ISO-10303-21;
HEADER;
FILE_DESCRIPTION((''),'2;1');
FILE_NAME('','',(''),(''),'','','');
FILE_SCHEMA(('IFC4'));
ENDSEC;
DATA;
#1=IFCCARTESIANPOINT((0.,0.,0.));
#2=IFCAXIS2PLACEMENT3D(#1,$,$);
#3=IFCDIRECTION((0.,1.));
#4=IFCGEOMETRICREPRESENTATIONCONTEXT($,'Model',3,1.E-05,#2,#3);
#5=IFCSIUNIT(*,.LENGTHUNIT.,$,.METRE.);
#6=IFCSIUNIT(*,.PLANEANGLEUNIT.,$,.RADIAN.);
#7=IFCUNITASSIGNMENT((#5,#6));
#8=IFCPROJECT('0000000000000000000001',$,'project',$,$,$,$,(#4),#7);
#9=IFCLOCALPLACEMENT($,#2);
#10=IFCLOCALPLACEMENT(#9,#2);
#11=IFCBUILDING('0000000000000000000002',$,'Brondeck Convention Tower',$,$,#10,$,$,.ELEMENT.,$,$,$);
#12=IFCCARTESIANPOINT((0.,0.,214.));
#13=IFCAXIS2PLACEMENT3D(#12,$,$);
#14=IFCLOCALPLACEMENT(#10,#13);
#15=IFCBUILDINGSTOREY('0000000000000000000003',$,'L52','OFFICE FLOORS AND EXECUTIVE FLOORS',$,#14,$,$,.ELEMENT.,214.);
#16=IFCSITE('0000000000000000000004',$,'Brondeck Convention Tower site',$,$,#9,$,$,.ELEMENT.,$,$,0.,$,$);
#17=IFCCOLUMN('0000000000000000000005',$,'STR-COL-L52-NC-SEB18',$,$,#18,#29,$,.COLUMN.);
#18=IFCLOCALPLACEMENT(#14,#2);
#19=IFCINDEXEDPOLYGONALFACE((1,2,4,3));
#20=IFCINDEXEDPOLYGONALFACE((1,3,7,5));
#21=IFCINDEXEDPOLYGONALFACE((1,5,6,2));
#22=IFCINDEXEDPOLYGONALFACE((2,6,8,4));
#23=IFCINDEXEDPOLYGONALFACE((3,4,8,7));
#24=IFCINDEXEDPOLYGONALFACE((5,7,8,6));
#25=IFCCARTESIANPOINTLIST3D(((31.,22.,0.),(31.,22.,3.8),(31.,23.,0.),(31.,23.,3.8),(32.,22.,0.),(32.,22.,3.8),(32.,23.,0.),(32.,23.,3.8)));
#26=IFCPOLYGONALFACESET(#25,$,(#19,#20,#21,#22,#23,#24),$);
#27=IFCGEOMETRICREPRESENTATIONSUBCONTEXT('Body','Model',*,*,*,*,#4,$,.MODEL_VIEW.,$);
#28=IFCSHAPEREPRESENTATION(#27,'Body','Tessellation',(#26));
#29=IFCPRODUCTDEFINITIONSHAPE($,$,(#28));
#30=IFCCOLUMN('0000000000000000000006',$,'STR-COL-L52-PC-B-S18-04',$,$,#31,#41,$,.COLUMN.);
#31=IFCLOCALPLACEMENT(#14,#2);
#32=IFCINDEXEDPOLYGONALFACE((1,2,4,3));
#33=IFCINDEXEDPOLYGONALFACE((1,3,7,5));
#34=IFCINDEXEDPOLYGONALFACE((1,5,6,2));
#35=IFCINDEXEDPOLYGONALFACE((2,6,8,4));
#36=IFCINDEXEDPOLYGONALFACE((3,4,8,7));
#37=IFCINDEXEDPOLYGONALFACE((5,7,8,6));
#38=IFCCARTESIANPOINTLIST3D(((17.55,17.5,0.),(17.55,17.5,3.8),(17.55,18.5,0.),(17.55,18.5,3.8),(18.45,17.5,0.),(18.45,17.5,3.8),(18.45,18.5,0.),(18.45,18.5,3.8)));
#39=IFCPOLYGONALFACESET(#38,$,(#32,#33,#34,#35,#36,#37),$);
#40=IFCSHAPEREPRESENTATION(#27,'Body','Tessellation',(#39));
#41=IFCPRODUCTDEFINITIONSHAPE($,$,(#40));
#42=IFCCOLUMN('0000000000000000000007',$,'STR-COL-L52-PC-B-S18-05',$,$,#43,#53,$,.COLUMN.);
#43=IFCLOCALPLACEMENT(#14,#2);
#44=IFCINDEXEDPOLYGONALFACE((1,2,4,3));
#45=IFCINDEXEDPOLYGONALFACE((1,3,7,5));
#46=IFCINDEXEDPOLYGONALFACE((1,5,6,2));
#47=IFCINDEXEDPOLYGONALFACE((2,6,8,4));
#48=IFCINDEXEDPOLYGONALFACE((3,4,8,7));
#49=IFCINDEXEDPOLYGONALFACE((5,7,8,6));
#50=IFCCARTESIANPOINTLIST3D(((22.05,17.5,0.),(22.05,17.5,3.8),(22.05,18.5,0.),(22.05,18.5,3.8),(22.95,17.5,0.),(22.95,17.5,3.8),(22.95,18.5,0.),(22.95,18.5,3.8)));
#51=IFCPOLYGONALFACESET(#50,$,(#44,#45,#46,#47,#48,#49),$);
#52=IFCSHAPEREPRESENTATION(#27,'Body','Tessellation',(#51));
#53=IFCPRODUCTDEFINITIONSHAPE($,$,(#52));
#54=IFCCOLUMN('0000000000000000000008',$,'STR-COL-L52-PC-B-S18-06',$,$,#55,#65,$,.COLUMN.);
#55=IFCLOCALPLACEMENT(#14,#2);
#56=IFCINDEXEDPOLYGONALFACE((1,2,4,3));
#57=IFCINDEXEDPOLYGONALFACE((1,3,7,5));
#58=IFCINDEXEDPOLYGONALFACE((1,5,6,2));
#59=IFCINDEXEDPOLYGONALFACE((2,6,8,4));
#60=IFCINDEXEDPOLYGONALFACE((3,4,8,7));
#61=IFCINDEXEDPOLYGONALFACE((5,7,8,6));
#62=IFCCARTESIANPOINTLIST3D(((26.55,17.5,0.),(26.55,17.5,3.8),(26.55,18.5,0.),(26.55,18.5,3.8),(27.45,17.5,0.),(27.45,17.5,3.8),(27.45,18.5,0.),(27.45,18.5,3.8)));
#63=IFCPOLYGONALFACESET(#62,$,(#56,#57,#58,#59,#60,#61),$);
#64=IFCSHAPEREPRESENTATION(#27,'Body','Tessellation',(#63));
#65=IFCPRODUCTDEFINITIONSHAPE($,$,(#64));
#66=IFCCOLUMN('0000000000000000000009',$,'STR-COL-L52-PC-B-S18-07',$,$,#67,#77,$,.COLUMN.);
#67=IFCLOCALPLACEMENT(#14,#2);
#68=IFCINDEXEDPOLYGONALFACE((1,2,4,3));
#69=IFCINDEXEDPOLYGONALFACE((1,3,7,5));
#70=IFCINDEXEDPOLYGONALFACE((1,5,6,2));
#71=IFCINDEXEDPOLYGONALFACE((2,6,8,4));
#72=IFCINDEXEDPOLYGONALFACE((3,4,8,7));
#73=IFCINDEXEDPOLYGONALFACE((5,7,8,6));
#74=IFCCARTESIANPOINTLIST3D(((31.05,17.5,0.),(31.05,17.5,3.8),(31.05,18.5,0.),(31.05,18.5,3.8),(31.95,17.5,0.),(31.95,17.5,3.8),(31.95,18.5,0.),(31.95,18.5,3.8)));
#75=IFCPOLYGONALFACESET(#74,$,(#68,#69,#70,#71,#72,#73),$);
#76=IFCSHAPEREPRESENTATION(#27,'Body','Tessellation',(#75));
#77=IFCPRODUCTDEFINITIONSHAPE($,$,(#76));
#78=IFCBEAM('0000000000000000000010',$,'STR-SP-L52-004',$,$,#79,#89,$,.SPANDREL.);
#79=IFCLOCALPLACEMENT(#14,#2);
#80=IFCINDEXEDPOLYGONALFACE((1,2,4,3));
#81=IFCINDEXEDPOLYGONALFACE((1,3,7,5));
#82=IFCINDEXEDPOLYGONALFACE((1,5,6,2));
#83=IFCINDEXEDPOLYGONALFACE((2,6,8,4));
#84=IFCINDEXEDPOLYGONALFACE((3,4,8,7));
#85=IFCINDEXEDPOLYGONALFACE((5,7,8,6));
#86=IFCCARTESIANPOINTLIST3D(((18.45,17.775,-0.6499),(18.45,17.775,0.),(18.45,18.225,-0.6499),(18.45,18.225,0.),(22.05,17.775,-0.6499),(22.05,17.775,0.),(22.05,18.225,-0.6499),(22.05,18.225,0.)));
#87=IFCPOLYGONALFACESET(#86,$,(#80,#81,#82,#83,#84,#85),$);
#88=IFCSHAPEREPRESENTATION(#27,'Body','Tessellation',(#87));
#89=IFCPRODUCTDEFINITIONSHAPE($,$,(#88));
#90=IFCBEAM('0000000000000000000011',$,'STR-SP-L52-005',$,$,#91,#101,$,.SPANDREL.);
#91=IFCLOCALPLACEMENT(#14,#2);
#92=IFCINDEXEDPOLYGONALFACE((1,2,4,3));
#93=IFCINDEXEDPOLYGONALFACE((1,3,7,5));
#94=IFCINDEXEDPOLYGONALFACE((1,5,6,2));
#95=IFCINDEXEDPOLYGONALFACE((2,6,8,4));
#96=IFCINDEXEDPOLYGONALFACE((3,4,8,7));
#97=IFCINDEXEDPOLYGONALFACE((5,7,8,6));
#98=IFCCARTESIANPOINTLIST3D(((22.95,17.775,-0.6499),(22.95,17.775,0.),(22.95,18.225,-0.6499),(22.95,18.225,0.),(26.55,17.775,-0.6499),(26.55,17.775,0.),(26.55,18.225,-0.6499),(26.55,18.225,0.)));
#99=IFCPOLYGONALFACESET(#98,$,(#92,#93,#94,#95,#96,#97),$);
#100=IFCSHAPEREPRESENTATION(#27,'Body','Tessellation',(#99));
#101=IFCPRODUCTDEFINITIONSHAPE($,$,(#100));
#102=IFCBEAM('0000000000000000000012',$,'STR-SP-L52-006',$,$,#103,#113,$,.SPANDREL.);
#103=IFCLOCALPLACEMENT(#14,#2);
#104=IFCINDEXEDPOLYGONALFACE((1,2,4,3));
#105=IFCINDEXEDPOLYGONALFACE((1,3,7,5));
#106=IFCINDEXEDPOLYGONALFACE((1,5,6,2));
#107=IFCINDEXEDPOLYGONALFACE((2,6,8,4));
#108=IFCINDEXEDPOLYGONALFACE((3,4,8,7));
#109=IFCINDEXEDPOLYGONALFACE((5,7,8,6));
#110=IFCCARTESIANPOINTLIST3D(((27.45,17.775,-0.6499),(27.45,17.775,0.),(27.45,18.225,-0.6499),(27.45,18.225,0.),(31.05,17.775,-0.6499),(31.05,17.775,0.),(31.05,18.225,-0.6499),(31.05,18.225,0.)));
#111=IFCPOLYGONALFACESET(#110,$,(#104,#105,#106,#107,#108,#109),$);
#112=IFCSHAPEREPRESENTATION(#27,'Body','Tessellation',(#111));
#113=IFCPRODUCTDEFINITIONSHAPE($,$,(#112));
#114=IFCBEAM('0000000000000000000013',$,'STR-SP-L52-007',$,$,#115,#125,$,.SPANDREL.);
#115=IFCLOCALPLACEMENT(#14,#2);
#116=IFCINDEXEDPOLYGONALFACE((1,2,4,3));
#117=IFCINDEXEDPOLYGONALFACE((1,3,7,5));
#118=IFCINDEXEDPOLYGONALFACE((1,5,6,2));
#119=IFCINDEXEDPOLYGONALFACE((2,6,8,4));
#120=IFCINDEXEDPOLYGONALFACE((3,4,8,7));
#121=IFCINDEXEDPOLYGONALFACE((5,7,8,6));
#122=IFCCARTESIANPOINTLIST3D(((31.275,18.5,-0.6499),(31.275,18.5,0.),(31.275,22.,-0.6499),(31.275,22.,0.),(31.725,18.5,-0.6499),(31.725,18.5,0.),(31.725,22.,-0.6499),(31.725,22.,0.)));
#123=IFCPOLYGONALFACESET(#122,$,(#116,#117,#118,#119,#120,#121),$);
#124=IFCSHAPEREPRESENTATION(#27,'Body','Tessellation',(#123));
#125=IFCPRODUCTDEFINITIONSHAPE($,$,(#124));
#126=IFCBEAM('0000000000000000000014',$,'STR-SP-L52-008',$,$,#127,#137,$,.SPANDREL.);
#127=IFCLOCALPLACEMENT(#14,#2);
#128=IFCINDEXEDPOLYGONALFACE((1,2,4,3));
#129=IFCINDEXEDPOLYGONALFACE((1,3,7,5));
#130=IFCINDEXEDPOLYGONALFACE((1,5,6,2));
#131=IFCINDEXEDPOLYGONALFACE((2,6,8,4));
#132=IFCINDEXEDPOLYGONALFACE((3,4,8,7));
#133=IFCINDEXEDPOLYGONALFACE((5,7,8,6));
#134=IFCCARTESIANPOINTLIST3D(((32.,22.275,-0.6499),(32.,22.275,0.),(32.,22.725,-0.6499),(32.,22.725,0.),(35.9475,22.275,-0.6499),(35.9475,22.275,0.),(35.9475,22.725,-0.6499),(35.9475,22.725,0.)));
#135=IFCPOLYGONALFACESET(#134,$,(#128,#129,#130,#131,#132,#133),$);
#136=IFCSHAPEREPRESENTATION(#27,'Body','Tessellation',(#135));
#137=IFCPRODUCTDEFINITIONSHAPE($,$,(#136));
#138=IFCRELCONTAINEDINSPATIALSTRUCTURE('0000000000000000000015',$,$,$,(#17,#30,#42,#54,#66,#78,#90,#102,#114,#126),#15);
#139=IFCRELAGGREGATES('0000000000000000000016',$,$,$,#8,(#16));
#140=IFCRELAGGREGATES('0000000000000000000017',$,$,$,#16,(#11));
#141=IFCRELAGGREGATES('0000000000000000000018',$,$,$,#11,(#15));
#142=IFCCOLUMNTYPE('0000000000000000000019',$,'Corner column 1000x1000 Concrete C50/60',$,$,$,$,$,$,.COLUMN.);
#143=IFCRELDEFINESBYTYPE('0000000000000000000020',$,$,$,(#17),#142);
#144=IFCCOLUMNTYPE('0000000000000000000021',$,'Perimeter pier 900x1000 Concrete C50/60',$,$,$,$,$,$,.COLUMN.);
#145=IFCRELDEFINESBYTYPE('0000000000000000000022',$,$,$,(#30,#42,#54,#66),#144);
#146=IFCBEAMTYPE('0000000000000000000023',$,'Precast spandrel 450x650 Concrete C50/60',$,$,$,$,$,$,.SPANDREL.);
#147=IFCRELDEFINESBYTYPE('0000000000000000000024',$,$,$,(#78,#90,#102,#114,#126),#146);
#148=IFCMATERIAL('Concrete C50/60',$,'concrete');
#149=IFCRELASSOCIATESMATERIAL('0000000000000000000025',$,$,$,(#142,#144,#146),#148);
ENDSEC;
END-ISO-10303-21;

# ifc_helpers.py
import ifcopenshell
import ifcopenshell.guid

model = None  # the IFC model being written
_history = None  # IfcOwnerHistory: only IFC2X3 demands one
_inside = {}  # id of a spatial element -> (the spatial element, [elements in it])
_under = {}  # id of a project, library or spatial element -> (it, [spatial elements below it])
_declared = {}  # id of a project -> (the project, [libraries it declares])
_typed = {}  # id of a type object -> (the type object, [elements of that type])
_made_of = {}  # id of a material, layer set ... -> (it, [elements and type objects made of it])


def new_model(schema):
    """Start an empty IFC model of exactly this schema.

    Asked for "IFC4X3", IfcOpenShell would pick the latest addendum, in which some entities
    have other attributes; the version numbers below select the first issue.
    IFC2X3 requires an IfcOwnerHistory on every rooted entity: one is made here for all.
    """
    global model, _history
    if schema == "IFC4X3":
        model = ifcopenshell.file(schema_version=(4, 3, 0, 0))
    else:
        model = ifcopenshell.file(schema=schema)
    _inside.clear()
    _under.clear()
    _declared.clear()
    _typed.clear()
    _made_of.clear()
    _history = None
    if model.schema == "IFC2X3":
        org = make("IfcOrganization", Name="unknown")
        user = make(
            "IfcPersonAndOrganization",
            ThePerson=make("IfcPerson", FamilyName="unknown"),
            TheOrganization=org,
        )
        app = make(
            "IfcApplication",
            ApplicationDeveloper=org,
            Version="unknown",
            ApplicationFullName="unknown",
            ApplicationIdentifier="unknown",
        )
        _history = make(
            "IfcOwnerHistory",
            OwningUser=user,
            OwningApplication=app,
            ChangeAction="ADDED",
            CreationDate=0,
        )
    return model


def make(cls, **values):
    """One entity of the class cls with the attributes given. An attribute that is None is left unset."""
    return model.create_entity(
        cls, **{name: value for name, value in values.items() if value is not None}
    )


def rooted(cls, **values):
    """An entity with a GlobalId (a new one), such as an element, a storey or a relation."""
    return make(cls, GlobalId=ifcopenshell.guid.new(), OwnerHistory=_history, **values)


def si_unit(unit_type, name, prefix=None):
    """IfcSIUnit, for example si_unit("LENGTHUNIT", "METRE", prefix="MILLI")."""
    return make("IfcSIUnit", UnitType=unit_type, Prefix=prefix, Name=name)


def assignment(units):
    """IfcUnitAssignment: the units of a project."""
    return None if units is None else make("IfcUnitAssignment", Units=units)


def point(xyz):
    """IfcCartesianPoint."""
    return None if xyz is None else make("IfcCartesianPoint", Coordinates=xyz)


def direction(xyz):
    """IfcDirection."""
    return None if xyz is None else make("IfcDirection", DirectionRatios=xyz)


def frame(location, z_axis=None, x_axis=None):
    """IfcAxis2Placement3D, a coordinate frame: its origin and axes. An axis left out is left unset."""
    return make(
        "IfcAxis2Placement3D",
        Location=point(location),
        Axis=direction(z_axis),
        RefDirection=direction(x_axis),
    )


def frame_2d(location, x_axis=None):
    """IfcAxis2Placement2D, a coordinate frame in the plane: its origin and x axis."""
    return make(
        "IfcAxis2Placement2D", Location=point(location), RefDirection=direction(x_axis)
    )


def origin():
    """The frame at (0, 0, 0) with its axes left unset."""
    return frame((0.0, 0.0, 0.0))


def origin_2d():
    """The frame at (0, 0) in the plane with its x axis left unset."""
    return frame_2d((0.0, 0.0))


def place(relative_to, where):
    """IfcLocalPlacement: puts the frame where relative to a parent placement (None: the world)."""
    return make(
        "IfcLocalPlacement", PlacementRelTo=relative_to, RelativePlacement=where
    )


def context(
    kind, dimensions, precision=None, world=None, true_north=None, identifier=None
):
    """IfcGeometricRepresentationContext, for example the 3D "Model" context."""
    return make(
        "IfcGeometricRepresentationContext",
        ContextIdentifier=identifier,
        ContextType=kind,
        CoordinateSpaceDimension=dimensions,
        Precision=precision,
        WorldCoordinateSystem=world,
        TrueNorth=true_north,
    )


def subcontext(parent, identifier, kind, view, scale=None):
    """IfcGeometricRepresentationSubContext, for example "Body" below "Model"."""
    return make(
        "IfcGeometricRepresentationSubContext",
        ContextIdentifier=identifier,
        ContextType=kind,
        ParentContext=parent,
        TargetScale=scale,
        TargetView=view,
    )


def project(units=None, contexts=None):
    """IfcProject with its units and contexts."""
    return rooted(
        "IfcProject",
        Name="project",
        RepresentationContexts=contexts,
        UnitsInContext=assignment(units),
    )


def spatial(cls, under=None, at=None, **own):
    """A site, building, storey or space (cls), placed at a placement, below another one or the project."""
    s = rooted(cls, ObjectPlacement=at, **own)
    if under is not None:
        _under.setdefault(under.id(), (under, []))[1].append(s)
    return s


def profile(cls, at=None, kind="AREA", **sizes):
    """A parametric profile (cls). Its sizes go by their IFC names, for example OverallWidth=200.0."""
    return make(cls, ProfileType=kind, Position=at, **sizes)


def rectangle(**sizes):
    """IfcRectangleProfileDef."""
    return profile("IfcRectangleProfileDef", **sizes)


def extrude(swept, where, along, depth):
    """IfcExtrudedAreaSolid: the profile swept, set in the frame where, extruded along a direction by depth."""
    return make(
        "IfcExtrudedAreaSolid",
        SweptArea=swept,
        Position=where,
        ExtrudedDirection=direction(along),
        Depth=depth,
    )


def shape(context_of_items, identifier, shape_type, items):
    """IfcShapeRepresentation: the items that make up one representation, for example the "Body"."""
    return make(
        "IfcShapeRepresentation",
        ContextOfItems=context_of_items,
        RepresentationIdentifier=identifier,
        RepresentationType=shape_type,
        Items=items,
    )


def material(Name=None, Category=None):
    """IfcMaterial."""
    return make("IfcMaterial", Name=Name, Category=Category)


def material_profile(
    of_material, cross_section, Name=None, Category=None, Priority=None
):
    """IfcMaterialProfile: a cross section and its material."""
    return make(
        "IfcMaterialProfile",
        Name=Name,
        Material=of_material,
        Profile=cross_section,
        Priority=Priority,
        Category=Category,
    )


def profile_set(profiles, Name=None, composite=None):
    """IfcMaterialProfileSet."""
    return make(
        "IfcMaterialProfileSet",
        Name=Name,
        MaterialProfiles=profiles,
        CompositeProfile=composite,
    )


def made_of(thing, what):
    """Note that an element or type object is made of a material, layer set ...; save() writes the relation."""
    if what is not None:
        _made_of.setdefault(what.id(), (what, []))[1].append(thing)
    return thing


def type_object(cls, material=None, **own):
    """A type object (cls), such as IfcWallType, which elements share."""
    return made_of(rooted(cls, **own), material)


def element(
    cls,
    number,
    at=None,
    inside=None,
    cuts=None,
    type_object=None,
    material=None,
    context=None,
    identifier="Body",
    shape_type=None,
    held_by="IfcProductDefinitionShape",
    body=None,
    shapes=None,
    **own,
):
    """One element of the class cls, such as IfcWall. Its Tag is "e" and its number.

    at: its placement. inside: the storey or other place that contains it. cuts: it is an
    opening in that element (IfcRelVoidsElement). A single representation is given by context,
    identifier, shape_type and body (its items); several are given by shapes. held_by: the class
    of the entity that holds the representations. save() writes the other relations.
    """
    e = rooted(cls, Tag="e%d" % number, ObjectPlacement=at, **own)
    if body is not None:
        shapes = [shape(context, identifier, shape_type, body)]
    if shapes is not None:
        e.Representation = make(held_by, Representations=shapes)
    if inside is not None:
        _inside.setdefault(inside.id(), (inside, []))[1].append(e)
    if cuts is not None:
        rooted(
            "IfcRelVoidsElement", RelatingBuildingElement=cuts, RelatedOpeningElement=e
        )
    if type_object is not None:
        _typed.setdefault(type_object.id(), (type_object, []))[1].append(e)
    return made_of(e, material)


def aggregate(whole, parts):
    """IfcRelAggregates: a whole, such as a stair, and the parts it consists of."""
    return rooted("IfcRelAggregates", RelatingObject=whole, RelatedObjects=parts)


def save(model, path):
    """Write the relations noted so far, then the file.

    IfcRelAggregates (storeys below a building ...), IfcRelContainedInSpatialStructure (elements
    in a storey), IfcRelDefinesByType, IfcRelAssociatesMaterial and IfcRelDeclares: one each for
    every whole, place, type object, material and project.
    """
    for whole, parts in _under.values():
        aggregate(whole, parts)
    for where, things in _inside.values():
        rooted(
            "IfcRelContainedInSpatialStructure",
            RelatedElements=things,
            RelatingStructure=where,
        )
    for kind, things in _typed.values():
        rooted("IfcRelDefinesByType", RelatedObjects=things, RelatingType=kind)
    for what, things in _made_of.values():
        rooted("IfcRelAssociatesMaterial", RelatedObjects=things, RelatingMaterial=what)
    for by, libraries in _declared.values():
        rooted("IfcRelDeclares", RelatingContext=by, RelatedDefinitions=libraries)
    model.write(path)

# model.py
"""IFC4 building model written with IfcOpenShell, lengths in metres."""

from ifc_helpers import new_model, si_unit, direction, frame, origin, origin_2d, place, context, subcontext, project, spatial, rectangle, extrude, material, material_profile, profile_set, type_object, element, save


model = new_model("IFC4")

# Units and contexts
model_context = context("Model", 3, precision=1e-05, world=origin(), true_north=direction((0.0, 1.0)))
body_context = subcontext(model_context, "Body", "Model", "MODEL_VIEW")
ifc_project = project(units=[si_unit("LENGTHUNIT", "METRE"), si_unit("PLANEANGLEUNIT", "RADIAN")], contexts=[model_context])

# Site, building, storey
site_placement = place(None, origin())
site = spatial("IfcSite", under=ifc_project, at=site_placement, Name="Brondeck Convention Tower site", CompositionType="ELEMENT", RefElevation=0.0)
building_placement = place(site_placement, origin())
building = spatial("IfcBuilding", under=site, at=building_placement, Name="Brondeck Convention Tower", CompositionType="ELEMENT")
storey_placement = place(building_placement, frame((0.0, 0.0, 214.0)))
storey = spatial("IfcBuildingStorey", under=building, at=storey_placement, Name="L52", Description="OFFICE FLOORS AND EXECUTIVE FLOORS", CompositionType="ELEMENT", Elevation=214.0)

# Columns
ifc_material_1 = material(Name="Concrete C50/60", Category="concrete")
ifc_material_profile_1 = material_profile(ifc_material_1, rectangle(XDim=1.0, YDim=1.0, at=origin_2d()), Name="Corner column 1000x1000 Concrete C50/60")
ifc_profile_set_1 = profile_set([ifc_material_profile_1], Name="Concrete C50/60")
column_type_1 = type_object("IfcColumnType", Name="Corner column 1000x1000 Concrete C50/60", PredefinedType="COLUMN", material=ifc_profile_set_1)
column_placement = place(storey_placement, frame((31.5, 22.5, 0.0), z_axis=(0.0, 0.0, 1.0), x_axis=(1.0, 0.0, 0.0)))
element("IfcColumn", 1, at=column_placement, inside=storey, type_object=column_type_1, Name="STR-COL-L52-NC-SEB18", PredefinedType="COLUMN", context=body_context, shape_type="SweptSolid", body=[
    extrude(rectangle(XDim=1.0, YDim=1.0, at=origin_2d()), origin(), (0.0, 0.0, 1.0), 3.8),
])
ifc_material_profile_2 = material_profile(ifc_material_1, rectangle(XDim=0.8999, YDim=1.0, at=origin_2d()), Name="Perimeter pier 900x1000 Concrete C50/60")
ifc_profile_set_2 = profile_set([ifc_material_profile_2], Name="Concrete C50/60")
column_type_2 = type_object("IfcColumnType", Name="Perimeter pier 900x1000 Concrete C50/60", PredefinedType="COLUMN", material=ifc_profile_set_2)
for number, where, z_axis, x_axis, name in (
    (2, (18.0, 18.0, 0.0), (0.0, 0.0, 1.0), (1.0, 0.0, 0.0), "STR-COL-L52-PC-B-S18-04"),
    (3, (22.5, 18.0, 0.0), (0.0, 0.0, 1.0), (1.0, 0.0, 0.0), "STR-COL-L52-PC-B-S18-05"),
    (4, (27.0, 18.0, 0.0), (0.0, 0.0, 1.0), (1.0, 0.0, 0.0), "STR-COL-L52-PC-B-S18-06"),
    (5, (31.5, 18.0, 0.0), (0.0, 0.0, 1.0), (1.0, 0.0, 0.0), "STR-COL-L52-PC-B-S18-07"),
):
    element("IfcColumn", number, at=place(storey_placement, frame(where, z_axis=z_axis, x_axis=x_axis)), inside=storey, type_object=column_type_2, Name=name, PredefinedType="COLUMN", context=body_context, shape_type="SweptSolid", body=[
        extrude(rectangle(XDim=0.8999, YDim=1.0, at=origin_2d()), origin(), (0.0, 0.0, 1.0), 3.8),
    ])

# Beams
ifc_material_profile_3 = material_profile(ifc_material_1, rectangle(XDim=0.45, YDim=0.6499, at=origin_2d()), Name="Precast spandrel 450x650 Concrete C50/60")
ifc_profile_set_3 = profile_set([ifc_material_profile_3], Name="Concrete C50/60")
beam_type = type_object("IfcBeamType", Name="Precast spandrel 450x650 Concrete C50/60", PredefinedType="SPANDREL", material=ifc_profile_set_3)
for number, where, z_axis, x_axis, name in (
    (6, (18.45, 18.0, -0.325), (1.0, 0.0, 0.0), (0.0, 1.0, 0.0), "STR-SP-L52-004"),
    (7, (22.95, 18.0, -0.325), (1.0, 0.0, 0.0), (0.0, 1.0, 0.0), "STR-SP-L52-005"),
    (8, (27.45, 18.0, -0.325), (1.0, 0.0, 0.0), (0.0, 1.0, 0.0), "STR-SP-L52-006"),
):
    element("IfcBeam", number, at=place(storey_placement, frame(where, z_axis=z_axis, x_axis=x_axis)), inside=storey, type_object=beam_type, Name=name, PredefinedType="SPANDREL", context=body_context, shape_type="SweptSolid", body=[
        extrude(rectangle(XDim=0.45, YDim=0.6499, at=origin_2d()), origin(), (0.0, 0.0, 1.0), 3.6001),
    ])
beam_1_placement = place(storey_placement, frame((31.5, 18.5, -0.325), z_axis=(0.0, 1.0, 0.0), x_axis=(-1.0, 0.0, 0.0)))
element("IfcBeam", 9, at=beam_1_placement, inside=storey, type_object=beam_type, Name="STR-SP-L52-007", PredefinedType="SPANDREL", context=body_context, shape_type="SweptSolid", body=[
    extrude(rectangle(XDim=0.45, YDim=0.6499, at=origin_2d()), origin(), (0.0, 0.0, 1.0), 3.5),
])
beam_2_placement = place(storey_placement, frame((32.0, 22.5, -0.325), z_axis=(1.0, 0.0, 0.0), x_axis=(0.0, 1.0, 0.0)))
element("IfcBeam", 10, at=beam_2_placement, inside=storey, type_object=beam_type, Name="STR-SP-L52-008", PredefinedType="SPANDREL", context=body_context, shape_type="SweptSolid", body=[
    extrude(rectangle(XDim=0.45, YDim=0.6499, at=origin_2d()), origin(), (0.0, 0.0, 1.0), 3.9475),
])

save(model, "model.ifc")
